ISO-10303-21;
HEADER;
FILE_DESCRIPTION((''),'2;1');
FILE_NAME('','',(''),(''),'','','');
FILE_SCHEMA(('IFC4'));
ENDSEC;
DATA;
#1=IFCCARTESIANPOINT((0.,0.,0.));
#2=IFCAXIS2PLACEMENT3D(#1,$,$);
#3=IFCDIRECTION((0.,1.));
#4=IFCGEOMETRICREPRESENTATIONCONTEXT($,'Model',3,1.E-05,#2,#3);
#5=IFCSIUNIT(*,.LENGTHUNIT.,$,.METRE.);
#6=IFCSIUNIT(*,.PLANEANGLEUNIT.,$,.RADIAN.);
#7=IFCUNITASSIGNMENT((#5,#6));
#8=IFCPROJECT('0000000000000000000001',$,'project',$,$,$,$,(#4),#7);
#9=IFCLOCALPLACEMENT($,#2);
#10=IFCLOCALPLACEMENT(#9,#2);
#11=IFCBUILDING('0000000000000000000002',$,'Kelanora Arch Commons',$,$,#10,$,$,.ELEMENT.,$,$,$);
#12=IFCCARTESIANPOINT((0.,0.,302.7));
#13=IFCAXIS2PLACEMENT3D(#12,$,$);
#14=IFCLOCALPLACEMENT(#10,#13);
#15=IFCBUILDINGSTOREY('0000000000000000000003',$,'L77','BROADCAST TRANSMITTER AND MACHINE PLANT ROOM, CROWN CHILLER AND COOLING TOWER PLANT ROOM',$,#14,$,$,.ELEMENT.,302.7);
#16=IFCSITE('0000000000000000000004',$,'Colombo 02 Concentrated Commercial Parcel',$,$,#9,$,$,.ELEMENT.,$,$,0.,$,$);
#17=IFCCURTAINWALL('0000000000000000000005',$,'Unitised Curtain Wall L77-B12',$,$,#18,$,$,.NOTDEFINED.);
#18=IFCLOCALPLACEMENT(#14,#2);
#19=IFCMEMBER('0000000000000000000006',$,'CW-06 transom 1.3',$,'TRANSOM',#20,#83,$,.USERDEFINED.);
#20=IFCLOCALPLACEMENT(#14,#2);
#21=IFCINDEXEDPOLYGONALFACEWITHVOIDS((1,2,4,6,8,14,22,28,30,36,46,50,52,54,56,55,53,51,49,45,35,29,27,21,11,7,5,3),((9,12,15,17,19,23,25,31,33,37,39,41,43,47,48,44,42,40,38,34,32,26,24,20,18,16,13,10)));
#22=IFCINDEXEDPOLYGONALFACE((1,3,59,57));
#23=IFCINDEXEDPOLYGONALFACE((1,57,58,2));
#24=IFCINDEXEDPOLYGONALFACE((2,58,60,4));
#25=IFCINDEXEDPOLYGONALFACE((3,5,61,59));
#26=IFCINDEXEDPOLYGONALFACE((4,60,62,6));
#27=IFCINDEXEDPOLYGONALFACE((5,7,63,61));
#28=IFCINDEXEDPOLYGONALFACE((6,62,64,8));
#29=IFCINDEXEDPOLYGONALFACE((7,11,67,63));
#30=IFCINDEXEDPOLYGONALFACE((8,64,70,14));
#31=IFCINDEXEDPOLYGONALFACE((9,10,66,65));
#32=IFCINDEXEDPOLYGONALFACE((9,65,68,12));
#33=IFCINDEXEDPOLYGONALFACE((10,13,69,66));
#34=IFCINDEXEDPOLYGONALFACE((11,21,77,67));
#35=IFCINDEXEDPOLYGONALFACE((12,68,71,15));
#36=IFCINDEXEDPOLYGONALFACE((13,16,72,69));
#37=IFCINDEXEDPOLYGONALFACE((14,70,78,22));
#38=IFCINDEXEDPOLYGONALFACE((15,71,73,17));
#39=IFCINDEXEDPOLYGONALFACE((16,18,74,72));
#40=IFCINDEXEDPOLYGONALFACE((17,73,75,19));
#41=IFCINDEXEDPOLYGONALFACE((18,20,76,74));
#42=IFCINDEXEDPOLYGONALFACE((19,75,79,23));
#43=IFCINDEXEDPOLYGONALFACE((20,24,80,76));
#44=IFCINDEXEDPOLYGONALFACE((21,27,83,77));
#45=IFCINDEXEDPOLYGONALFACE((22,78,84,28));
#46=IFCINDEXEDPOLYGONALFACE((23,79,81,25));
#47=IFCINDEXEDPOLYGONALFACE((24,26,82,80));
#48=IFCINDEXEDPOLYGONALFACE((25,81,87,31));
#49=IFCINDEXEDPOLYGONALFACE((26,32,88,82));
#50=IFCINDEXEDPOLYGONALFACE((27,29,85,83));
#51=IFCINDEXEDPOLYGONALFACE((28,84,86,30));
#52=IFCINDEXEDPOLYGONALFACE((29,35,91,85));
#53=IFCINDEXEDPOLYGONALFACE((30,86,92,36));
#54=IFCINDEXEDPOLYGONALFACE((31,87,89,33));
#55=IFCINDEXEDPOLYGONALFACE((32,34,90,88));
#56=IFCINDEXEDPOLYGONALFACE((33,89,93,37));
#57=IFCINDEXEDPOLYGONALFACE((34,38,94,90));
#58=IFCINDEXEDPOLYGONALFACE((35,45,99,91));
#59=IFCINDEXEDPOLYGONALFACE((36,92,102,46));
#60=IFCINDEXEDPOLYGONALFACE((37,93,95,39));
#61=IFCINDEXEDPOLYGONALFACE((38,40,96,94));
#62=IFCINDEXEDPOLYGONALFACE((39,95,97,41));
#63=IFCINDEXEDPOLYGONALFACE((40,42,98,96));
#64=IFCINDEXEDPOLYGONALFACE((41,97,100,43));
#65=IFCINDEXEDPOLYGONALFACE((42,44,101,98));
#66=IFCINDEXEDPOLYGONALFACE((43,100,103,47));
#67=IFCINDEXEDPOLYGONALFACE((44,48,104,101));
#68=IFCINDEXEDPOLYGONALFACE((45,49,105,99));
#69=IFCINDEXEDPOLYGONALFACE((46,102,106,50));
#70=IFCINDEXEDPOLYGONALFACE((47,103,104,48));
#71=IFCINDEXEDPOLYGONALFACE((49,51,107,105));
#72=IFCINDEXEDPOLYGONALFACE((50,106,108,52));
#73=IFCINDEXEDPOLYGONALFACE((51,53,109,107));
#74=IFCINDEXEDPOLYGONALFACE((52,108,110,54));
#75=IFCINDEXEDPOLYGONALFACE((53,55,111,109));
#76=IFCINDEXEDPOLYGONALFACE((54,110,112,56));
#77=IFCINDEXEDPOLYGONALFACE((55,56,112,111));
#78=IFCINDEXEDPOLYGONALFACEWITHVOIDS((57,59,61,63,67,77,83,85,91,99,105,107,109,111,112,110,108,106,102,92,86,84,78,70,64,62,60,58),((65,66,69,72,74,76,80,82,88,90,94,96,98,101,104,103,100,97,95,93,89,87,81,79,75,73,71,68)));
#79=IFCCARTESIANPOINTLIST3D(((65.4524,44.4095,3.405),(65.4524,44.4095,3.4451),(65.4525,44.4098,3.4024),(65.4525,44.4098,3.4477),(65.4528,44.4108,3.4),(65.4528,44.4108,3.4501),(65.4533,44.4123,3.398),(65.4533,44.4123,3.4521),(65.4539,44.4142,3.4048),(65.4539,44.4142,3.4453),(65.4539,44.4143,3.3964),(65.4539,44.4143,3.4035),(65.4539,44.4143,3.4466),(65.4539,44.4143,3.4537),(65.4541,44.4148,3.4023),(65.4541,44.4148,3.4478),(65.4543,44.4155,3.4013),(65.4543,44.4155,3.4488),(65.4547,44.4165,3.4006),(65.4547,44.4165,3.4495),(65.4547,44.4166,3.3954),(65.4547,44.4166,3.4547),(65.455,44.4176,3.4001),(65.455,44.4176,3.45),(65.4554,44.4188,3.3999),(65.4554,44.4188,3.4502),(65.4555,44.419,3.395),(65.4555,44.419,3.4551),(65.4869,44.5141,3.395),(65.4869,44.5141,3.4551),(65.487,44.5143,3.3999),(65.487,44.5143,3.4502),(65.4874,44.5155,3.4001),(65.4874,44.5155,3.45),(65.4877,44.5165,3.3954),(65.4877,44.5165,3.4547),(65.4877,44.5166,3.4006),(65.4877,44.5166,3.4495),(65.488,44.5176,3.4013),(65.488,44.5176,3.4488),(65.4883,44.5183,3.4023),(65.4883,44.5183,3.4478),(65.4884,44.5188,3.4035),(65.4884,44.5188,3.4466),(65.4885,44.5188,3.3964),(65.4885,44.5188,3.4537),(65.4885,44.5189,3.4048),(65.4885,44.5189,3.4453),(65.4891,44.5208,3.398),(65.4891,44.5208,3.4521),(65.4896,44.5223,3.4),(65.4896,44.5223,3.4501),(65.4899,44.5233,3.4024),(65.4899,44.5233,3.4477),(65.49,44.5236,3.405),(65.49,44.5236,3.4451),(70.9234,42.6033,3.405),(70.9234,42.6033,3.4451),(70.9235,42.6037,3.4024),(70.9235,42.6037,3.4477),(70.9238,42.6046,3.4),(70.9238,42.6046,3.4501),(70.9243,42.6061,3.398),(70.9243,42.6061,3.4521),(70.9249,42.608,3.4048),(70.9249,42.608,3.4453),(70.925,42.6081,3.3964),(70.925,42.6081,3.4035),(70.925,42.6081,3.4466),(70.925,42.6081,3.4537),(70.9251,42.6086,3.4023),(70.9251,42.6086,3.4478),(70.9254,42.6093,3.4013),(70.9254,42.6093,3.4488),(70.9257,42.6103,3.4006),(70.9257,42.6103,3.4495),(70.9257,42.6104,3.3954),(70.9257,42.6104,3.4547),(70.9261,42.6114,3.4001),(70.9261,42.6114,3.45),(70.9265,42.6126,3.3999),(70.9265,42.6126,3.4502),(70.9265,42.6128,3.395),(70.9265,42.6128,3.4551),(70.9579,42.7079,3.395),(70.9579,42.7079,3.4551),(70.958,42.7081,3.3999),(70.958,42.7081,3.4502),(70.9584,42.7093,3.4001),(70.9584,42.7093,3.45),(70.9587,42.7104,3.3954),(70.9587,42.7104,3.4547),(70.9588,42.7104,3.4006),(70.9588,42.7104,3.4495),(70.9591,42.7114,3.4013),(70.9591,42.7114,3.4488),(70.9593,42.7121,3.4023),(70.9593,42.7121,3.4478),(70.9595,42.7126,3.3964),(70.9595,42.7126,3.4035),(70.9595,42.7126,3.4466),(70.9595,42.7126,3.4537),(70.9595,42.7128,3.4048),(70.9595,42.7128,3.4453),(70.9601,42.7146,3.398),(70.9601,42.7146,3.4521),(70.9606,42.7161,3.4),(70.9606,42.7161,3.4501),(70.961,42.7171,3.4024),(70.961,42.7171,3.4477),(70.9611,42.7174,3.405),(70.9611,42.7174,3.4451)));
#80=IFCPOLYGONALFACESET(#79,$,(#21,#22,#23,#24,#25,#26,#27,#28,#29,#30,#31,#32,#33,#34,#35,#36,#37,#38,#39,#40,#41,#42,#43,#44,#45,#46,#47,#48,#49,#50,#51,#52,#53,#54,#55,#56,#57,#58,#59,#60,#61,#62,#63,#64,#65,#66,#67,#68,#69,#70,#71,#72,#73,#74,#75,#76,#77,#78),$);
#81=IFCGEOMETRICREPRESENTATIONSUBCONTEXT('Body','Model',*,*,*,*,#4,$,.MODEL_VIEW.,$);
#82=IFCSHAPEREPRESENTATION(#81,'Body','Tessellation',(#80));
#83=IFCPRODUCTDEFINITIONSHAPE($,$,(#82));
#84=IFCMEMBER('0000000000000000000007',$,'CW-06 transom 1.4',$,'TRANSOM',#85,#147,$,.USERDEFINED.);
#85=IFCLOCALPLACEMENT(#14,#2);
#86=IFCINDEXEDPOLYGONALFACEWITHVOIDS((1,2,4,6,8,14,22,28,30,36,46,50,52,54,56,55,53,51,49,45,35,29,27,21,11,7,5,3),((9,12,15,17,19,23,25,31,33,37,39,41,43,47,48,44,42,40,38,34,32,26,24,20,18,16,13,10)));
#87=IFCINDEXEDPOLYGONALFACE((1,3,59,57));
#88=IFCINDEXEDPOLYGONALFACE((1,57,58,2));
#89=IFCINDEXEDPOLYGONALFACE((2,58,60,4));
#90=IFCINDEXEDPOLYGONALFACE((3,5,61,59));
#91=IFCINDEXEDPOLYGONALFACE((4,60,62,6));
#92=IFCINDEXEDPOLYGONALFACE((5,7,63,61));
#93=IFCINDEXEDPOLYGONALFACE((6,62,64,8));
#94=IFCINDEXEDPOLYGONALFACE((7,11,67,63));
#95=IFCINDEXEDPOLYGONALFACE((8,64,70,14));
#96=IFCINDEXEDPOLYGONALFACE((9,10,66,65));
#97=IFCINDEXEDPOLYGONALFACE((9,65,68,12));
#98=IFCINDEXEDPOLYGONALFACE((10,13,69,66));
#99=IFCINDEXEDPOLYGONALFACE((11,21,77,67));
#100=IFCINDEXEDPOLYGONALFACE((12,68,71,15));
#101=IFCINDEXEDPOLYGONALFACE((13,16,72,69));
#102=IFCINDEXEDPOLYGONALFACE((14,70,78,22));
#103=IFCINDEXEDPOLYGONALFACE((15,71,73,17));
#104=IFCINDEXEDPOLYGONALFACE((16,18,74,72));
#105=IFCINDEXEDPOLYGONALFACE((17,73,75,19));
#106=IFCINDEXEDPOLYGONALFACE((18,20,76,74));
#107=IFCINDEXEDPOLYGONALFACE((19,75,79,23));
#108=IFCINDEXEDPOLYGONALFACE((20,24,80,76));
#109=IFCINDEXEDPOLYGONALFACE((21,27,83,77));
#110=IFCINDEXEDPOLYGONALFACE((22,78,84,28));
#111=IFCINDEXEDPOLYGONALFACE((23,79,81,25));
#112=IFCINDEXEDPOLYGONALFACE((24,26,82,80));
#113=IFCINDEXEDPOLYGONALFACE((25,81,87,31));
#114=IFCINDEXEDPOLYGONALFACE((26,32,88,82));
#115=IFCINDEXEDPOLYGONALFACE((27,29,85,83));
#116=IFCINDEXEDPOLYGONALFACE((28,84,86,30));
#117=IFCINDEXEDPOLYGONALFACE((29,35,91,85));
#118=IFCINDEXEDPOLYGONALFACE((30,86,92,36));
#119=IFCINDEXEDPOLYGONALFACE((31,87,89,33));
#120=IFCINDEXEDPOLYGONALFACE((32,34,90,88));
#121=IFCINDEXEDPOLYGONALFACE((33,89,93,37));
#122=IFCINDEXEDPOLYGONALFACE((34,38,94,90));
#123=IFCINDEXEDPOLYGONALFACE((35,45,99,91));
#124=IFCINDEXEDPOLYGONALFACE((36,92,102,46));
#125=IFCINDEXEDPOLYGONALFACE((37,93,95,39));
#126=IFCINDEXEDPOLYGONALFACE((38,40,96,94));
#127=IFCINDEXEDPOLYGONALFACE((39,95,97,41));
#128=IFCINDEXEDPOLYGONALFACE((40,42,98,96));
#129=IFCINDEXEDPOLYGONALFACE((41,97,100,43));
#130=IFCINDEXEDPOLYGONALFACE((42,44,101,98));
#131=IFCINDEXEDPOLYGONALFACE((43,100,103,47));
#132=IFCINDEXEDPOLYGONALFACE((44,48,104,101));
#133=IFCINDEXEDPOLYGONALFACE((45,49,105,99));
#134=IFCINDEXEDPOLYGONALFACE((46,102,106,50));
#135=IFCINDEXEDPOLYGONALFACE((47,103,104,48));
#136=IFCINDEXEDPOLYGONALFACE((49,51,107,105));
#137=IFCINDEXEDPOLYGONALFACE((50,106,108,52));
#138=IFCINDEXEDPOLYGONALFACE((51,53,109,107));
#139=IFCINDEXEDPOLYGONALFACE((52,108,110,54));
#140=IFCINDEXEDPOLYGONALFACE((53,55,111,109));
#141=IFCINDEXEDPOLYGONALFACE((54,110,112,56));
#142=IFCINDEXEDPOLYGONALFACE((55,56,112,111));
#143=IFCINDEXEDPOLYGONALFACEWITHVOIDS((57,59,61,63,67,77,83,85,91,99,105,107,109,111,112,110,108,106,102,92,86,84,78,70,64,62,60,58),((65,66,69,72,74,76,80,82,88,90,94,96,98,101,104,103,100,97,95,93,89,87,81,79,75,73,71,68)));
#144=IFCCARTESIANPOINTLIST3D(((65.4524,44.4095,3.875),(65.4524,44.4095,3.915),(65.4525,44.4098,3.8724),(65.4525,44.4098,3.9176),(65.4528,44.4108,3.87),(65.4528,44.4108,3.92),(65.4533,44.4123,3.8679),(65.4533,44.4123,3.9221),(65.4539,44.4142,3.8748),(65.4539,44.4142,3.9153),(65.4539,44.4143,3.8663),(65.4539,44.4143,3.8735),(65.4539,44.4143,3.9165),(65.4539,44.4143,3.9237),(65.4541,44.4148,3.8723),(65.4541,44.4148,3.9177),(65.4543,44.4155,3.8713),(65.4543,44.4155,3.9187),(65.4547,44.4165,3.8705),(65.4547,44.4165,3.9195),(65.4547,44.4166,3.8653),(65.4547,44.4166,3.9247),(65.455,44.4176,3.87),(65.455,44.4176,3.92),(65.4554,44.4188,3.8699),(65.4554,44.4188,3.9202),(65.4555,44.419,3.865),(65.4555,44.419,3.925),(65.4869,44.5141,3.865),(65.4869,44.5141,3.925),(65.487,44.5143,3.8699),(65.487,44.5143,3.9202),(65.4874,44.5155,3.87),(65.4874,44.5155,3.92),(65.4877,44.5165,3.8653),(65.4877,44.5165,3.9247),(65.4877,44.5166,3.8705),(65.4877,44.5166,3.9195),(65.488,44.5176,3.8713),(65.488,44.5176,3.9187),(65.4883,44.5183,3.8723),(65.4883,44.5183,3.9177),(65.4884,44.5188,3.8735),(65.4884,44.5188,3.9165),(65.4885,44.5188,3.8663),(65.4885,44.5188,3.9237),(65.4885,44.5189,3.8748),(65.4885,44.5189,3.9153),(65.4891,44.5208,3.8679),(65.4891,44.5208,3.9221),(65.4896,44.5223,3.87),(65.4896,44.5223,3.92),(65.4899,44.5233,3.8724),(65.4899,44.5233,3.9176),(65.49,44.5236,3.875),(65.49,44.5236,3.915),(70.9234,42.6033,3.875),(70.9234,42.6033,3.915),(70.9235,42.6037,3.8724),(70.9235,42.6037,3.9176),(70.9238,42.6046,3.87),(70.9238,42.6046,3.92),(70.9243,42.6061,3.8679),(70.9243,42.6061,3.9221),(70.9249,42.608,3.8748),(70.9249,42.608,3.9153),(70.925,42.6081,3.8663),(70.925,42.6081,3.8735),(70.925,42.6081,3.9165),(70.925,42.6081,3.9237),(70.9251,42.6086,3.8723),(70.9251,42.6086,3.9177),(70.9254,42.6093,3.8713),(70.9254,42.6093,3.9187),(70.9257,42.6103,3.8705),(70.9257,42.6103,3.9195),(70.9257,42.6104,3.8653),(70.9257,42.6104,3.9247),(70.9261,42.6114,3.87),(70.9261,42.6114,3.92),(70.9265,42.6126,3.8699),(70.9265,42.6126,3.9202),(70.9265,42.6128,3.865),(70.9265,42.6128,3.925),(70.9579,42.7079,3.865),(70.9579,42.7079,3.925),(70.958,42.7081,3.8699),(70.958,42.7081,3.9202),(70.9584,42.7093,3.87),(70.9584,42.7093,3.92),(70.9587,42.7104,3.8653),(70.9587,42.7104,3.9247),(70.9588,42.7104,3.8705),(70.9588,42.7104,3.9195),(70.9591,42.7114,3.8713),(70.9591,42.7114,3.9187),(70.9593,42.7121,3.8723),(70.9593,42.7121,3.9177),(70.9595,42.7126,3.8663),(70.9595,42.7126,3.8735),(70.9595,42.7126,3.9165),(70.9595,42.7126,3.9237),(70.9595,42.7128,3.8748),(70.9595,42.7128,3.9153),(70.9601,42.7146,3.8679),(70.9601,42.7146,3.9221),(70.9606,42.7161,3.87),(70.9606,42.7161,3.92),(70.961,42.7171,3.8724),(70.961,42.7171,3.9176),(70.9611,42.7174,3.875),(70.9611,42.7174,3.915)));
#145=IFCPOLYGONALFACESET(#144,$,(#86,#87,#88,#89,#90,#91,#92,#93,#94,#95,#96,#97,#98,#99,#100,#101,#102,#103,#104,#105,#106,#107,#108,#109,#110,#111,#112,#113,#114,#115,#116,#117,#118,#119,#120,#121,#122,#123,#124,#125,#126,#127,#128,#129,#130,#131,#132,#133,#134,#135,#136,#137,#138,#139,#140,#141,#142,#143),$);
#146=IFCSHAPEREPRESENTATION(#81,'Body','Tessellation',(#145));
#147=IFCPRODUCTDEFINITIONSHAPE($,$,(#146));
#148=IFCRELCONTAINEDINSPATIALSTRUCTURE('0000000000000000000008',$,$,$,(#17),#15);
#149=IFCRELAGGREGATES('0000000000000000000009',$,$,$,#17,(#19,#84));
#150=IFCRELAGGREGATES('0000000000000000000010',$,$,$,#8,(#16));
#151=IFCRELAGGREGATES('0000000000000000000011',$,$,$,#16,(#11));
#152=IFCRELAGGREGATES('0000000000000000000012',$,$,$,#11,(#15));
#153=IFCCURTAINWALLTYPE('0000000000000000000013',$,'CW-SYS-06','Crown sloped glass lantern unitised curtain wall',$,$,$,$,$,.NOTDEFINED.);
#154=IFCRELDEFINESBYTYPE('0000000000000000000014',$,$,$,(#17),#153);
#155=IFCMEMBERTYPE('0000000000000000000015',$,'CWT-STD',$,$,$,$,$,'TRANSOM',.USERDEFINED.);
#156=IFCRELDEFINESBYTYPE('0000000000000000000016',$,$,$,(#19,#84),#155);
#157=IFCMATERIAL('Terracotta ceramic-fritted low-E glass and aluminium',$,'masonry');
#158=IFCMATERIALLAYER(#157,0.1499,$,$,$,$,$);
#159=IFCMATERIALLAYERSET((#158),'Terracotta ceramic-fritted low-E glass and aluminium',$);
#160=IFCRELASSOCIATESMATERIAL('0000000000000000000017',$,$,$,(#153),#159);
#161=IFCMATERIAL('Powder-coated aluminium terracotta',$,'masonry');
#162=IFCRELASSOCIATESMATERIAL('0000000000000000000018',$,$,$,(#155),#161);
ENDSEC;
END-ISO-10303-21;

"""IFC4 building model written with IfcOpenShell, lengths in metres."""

from ifc_helpers import new_model, si_unit, direction, frame, origin, origin_2d, place, context, subcontext, project, spatial, hollow_rectangle, extrude, material, layer, layer_set, material_profile, profile_set, type_object, element, aggregate, save


model = new_model("IFC4")

# Units and contexts
model_context = context("Model", 3, precision=1e-05, world=origin(), true_north=direction((0.0, 1.0)))
body_context = subcontext(model_context, "Body", "Model", "MODEL_VIEW")
ifc_project = project(units=[si_unit("LENGTHUNIT", "METRE"), si_unit("PLANEANGLEUNIT", "RADIAN")], contexts=[model_context])

# Site, building, storey
site_placement = place(None, origin())
site = spatial("IfcSite", under=ifc_project, at=site_placement, Name="Colombo 02 Concentrated Commercial Parcel", CompositionType="ELEMENT", RefElevation=0.0)
building_placement = place(site_placement, origin())
building = spatial("IfcBuilding", under=site, at=building_placement, Name="Kelanora Arch Commons", CompositionType="ELEMENT")
storey_placement = place(building_placement, frame((0.0, 0.0, 302.7)))
storey = spatial("IfcBuildingStorey", under=building, at=storey_placement, Name="L77", Description="BROADCAST TRANSMITTER AND MACHINE PLANT ROOM, CROWN CHILLER AND COOLING TOWER PLANT ROOM", CompositionType="ELEMENT", Elevation=302.7)

# Curtain wall
ifc_material_1 = material(Name="Terracotta ceramic-fritted low-E glass and aluminium", Category="masonry")
ifc_layer_1 = layer(ifc_material_1, 0.1499)
ifc_layer_set_1 = layer_set([ifc_layer_1], Name="Terracotta ceramic-fritted low-E glass and aluminium")
curtain_wall_type = type_object("IfcCurtainWallType", Name="CW-SYS-06", Description="Crown sloped glass lantern unitised curtain wall", PredefinedType="NOTDEFINED", material=ifc_layer_set_1)
curtain_wall_1_placement = place(storey_placement, origin())
curtain_wall_1 = element("IfcCurtainWall", 1, at=curtain_wall_1_placement, inside=storey, type_object=curtain_wall_type, Name="Unitised Curtain Wall L77-B12", PredefinedType="NOTDEFINED")
ifc_material_2 = material(Name="Powder-coated aluminium terracotta", Category="masonry")

# Members
ifc_material_profile_1 = material_profile(ifc_material_2, hollow_rectangle(XDim=0.1201, YDim=0.0601, WallThickness=0.0049, InnerFilletRadius=0.0049, OuterFilletRadius=0.01, at=origin_2d()), Name="CWT120x60")
ifc_profile_set_1 = profile_set([ifc_material_profile_1], Name="Powder-coated aluminium terracotta")
member_type_1 = type_object("IfcMemberType", Name="CWT-STD", ElementType="TRANSOM", PredefinedType="USERDEFINED", material=ifc_profile_set_1)
member_1_placement = place(storey_placement, frame((65.4712, 44.4666, 3.425), z_axis=(0.94959, -0.313493, 0.0), x_axis=(0.313493, 0.94959, 0.0)))
member_1 = element("IfcMember", 2, at=member_1_placement, type_object=member_type_1, Name="CW-06 transom 1.3", ObjectType="TRANSOM", PredefinedType="USERDEFINED", context=body_context, shape_type="SweptSolid", body=[
    extrude(hollow_rectangle(XDim=0.1201, YDim=0.0601, WallThickness=0.0049, InnerFilletRadius=0.0049, OuterFilletRadius=0.01, at=origin_2d()), origin(), (0.0, 0.0, 1.0), 5.7615),
])
member_2_placement = place(storey_placement, frame((65.4712, 44.4666, 3.895), z_axis=(0.94959, -0.313493, 0.0), x_axis=(0.313493, 0.94959, 0.0)))
member_2 = element("IfcMember", 3, at=member_2_placement, type_object=member_type_1, Name="CW-06 transom 1.4", ObjectType="TRANSOM", PredefinedType="USERDEFINED", context=body_context, shape_type="SweptSolid", body=[
    extrude(hollow_rectangle(XDim=0.1201, YDim=0.0601, WallThickness=0.0049, InnerFilletRadius=0.0049, OuterFilletRadius=0.01, at=origin_2d()), origin(), (0.0, 0.0, 1.0), 5.7615),
])

aggregate(curtain_wall_1, [member_1, member_2])

save(model, "model.ifc")
